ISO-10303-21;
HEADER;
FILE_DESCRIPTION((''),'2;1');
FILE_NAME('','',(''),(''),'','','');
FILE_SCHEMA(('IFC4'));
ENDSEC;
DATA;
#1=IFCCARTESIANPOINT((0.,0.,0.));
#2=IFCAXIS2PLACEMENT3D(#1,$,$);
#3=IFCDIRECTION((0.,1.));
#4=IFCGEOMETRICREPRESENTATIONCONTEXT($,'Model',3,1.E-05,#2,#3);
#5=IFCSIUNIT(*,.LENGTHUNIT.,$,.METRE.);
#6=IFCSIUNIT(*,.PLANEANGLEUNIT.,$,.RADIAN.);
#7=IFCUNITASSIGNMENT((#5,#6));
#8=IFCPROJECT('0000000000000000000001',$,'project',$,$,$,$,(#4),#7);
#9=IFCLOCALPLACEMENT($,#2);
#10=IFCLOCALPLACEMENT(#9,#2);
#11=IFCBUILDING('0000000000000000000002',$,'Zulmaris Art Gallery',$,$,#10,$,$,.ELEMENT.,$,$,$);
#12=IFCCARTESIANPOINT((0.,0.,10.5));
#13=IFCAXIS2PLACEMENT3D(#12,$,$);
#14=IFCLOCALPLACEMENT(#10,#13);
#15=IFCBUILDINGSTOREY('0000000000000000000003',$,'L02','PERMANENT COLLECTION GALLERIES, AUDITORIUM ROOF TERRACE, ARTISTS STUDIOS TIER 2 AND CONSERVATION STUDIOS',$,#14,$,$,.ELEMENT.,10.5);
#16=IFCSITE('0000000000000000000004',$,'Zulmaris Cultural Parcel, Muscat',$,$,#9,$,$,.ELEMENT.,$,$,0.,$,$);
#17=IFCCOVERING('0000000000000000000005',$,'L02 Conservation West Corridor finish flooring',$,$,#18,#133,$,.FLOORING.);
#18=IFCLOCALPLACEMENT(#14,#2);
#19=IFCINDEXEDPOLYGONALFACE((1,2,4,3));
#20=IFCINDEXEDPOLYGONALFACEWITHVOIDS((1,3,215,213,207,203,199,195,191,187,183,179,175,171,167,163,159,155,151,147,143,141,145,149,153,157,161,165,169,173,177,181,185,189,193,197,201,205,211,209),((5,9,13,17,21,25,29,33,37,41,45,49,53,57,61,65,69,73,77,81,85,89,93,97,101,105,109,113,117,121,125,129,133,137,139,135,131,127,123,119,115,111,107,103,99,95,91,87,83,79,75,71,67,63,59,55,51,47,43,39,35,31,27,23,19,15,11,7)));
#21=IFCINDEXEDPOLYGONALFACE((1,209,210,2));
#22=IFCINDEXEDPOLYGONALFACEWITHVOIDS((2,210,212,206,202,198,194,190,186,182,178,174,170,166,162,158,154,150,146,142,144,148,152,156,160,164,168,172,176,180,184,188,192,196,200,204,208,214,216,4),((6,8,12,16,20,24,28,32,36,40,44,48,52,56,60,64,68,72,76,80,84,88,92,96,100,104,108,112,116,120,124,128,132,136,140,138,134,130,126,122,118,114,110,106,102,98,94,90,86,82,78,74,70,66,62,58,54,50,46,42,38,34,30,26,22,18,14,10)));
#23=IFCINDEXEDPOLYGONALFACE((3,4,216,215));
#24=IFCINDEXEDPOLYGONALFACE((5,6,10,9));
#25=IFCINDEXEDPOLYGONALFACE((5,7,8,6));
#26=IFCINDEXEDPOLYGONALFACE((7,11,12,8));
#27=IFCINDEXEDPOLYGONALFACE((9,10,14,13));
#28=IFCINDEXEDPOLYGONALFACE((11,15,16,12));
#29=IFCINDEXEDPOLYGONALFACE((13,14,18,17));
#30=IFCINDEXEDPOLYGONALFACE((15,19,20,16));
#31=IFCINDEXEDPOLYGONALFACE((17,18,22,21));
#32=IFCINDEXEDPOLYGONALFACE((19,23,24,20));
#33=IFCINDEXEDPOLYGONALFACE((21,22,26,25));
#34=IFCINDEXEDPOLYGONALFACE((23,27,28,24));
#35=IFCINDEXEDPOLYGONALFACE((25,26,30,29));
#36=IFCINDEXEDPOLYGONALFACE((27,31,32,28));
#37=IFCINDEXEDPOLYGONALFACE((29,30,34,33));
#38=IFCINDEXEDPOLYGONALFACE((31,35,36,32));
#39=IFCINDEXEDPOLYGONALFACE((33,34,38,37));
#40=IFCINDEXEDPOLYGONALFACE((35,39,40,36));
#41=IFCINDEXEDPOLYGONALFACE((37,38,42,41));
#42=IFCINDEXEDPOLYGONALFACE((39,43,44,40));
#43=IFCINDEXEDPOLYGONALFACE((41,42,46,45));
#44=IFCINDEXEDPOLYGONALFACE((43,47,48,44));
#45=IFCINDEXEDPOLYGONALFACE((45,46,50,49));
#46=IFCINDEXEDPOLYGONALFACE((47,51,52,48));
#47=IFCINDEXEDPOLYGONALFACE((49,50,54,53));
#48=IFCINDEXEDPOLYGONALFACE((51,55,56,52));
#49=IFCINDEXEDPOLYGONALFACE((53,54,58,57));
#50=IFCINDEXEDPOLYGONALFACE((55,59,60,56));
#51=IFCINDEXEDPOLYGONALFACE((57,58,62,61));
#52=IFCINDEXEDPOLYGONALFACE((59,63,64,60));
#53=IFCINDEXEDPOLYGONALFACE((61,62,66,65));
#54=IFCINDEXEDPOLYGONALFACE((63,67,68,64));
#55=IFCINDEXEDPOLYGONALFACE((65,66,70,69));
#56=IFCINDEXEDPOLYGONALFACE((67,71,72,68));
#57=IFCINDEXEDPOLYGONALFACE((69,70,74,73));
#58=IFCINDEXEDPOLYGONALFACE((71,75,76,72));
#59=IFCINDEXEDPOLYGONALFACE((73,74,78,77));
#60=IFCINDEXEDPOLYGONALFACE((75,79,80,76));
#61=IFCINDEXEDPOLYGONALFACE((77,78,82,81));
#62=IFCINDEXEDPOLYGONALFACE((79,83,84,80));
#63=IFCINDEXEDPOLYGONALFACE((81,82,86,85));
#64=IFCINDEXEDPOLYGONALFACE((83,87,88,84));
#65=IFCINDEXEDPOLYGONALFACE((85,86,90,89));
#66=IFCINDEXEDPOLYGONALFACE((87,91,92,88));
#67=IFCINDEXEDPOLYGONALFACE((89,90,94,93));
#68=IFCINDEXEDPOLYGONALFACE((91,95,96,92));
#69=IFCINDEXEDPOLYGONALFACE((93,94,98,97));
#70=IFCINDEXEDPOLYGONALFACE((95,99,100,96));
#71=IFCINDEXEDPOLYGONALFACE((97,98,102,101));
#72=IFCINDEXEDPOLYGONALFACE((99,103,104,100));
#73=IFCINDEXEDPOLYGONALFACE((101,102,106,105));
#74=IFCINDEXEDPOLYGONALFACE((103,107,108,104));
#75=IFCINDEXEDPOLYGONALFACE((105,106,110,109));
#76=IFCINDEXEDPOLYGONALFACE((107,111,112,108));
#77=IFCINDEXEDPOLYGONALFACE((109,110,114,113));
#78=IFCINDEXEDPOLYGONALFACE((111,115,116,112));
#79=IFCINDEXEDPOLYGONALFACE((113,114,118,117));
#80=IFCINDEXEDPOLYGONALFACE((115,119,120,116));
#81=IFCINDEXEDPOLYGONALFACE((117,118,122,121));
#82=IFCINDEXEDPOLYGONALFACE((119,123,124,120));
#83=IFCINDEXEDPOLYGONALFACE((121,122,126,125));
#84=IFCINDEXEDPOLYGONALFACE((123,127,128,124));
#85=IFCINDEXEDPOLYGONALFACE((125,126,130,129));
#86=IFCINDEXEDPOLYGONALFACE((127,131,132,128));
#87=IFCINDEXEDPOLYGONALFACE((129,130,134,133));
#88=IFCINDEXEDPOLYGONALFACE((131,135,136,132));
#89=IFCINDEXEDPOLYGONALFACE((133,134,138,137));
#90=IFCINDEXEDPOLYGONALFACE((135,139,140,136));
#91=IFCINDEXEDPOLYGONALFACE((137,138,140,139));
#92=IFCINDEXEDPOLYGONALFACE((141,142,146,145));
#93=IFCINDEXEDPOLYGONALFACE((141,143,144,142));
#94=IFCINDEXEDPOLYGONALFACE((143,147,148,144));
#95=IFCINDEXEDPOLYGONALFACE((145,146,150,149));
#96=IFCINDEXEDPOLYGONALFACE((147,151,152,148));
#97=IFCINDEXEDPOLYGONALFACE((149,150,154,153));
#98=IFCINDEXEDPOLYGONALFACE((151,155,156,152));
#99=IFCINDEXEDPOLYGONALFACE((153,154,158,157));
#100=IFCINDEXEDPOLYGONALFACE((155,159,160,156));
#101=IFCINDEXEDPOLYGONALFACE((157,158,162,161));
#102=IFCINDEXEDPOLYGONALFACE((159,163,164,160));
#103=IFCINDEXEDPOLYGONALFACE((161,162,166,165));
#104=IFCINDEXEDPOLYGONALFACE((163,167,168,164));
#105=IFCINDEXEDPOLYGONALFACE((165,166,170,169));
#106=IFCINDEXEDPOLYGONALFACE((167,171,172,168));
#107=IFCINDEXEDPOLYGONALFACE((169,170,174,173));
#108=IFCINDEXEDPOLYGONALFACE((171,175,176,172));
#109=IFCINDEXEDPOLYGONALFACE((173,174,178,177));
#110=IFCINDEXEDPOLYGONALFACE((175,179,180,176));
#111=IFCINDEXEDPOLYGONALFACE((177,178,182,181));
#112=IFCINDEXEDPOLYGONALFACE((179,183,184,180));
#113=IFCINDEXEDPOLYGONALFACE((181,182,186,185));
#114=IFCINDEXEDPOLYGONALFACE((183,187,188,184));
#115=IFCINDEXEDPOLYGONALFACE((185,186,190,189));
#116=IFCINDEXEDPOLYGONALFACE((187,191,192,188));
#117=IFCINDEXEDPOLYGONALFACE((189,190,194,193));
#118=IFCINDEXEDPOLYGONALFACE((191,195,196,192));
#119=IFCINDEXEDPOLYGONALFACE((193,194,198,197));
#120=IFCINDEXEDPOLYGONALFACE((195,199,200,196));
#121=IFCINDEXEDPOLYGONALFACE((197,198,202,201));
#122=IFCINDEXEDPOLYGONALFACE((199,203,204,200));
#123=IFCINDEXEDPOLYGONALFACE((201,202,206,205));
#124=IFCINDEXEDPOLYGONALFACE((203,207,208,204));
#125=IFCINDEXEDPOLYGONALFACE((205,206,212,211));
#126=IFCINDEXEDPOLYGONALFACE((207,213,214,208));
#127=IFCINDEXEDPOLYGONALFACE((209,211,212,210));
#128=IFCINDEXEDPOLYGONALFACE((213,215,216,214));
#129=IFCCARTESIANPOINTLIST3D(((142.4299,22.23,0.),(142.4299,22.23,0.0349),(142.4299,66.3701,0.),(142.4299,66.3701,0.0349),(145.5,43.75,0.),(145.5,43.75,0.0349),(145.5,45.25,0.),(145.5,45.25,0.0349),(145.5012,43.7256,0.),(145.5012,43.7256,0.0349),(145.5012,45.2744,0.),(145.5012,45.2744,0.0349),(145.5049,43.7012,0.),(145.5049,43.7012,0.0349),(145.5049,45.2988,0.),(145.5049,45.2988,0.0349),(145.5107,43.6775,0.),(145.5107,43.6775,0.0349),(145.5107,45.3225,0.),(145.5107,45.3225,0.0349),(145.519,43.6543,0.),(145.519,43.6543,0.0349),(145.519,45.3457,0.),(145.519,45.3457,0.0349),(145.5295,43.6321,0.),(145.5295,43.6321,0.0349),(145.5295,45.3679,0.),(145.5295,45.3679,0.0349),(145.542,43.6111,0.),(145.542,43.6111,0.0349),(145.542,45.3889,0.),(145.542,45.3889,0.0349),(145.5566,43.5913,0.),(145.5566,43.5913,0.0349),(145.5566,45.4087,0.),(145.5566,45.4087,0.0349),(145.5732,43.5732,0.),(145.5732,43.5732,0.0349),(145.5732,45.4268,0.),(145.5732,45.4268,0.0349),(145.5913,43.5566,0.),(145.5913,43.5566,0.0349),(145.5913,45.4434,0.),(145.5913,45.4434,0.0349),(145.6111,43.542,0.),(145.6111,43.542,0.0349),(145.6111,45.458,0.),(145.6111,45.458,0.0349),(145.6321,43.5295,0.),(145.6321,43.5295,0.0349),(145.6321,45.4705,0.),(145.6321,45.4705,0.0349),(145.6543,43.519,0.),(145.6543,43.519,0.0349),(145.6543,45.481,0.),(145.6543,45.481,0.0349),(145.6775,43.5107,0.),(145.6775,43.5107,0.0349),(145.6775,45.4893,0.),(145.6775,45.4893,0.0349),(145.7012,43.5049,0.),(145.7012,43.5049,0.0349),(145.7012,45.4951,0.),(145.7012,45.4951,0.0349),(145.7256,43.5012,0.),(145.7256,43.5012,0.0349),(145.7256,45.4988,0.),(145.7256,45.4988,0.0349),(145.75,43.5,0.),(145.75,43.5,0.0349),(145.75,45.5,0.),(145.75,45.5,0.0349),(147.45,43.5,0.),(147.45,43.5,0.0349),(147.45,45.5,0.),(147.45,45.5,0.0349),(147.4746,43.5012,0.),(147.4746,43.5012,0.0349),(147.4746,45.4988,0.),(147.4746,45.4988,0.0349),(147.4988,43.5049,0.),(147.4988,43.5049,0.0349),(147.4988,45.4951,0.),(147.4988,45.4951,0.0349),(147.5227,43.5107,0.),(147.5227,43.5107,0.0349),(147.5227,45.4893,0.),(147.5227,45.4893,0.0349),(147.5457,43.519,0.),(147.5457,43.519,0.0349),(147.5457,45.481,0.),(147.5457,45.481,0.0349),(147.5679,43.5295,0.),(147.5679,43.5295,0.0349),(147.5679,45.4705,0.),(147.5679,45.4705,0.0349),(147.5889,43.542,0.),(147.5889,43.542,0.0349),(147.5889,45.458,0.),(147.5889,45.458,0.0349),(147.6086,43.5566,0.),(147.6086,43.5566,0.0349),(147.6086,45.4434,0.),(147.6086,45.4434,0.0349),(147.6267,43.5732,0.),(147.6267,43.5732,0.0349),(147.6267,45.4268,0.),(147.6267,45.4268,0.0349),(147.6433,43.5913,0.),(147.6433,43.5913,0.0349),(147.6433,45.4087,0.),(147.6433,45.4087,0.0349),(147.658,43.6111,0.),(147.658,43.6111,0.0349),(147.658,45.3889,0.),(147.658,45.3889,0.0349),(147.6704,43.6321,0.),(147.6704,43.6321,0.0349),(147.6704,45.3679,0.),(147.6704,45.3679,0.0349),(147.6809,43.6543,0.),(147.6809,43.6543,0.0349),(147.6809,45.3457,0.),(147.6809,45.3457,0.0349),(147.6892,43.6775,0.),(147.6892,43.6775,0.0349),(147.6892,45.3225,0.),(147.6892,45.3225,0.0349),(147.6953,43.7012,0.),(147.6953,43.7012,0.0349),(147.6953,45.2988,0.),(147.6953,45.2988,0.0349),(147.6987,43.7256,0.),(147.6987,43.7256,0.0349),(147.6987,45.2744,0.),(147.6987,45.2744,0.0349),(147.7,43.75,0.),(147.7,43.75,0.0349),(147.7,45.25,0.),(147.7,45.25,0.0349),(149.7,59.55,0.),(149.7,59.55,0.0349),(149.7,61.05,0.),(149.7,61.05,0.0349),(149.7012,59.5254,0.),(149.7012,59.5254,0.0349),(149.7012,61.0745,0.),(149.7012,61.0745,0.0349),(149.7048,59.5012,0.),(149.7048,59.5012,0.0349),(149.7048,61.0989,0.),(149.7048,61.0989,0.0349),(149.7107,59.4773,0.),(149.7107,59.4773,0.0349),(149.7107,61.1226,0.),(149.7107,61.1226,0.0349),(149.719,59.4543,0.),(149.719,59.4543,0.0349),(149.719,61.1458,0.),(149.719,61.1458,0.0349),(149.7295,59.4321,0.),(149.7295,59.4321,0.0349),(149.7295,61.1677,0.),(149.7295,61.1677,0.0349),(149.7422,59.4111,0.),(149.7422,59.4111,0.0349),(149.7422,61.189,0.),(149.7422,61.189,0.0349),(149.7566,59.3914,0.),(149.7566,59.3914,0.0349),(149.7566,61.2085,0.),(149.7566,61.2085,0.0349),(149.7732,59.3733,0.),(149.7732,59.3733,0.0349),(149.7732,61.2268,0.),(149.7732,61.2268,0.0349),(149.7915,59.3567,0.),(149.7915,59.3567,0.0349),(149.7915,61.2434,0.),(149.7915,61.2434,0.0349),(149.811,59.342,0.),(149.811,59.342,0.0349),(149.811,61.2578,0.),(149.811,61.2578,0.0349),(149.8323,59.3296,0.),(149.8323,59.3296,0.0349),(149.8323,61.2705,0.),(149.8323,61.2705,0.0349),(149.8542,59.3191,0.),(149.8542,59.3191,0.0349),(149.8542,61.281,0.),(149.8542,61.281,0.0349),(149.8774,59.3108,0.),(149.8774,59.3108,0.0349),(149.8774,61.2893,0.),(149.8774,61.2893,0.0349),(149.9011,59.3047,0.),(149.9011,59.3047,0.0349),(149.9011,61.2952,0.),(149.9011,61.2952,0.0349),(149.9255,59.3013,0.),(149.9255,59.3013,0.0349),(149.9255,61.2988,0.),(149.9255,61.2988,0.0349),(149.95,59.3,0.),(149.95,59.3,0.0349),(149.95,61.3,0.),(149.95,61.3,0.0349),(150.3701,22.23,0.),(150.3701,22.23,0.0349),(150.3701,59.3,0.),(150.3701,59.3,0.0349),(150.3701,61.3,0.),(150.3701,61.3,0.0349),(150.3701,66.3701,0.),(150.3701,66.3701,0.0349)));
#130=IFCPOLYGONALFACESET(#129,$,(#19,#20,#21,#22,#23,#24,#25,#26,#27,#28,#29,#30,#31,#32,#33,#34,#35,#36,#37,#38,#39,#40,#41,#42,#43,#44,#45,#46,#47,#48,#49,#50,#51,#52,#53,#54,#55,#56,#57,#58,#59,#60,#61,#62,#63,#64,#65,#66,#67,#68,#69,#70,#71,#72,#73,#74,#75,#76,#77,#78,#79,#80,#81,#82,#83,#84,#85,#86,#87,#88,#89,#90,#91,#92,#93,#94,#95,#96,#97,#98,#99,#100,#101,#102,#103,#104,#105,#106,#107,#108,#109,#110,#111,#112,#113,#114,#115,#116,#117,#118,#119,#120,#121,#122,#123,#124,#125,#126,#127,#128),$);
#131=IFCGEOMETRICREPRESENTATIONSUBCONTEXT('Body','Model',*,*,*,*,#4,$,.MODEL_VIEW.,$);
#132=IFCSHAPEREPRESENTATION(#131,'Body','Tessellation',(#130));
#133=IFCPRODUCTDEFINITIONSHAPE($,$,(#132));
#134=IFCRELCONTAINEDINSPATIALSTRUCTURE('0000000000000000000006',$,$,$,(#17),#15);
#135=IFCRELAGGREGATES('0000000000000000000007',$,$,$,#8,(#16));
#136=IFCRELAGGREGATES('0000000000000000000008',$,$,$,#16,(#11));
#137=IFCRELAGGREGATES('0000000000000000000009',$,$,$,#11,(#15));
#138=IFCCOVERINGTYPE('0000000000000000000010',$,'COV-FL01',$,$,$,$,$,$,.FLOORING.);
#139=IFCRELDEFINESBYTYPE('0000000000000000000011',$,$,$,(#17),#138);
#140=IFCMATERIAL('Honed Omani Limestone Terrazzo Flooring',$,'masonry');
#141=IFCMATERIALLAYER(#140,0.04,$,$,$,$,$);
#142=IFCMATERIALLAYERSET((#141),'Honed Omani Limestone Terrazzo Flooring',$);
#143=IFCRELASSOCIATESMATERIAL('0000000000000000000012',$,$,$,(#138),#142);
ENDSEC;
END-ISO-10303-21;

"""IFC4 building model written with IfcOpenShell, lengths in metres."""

from ifc_helpers import new_model, si_unit, direction, frame, origin, place, context, subcontext, project, spatial, polyline, outline, extrude, material, layer, layer_set, type_object, element, save


model = new_model("IFC4")

# Units and contexts
model_context = context("Model", 3, precision=1e-05, world=origin(), true_north=direction((0.0, 1.0)))
body_context = subcontext(model_context, "Body", "Model", "MODEL_VIEW")
ifc_project = project(units=[si_unit("LENGTHUNIT", "METRE"), si_unit("PLANEANGLEUNIT", "RADIAN")], contexts=[model_context])

# Site, building, storey
site_placement = place(None, origin())
site = spatial("IfcSite", under=ifc_project, at=site_placement, Name="Zulmaris Cultural Parcel, Muscat", CompositionType="ELEMENT", RefElevation=0.0)
building_placement = place(site_placement, origin())
building = spatial("IfcBuilding", under=site, at=building_placement, Name="Zulmaris Art Gallery", CompositionType="ELEMENT")
storey_placement = place(building_placement, frame((0.0, 0.0, 10.5)))
storey = spatial("IfcBuildingStorey", under=building, at=storey_placement, Name="L02", Description="PERMANENT COLLECTION GALLERIES, AUDITORIUM ROOF TERRACE, ARTISTS STUDIOS TIER 2 AND CONSERVATION STUDIOS", CompositionType="ELEMENT", Elevation=10.5)

# Covering
ifc_material_1 = material(Name="Honed Omani Limestone Terrazzo Flooring", Category="masonry")
ifc_layer_1 = layer(ifc_material_1, 0.04)
ifc_layer_set_1 = layer_set([ifc_layer_1], Name="Honed Omani Limestone Terrazzo Flooring")
covering_type_1 = type_object("IfcCoveringType", Name="COV-FL01", PredefinedType="FLOORING", material=ifc_layer_set_1)
covering_1_placement = place(storey_placement, origin())
element("IfcCovering", 1, at=covering_1_placement, inside=storey, type_object=covering_type_1, Name="L02 Conservation West Corridor finish flooring", PredefinedType="FLOORING", context=body_context, shape_type="SweptSolid", body=[
    extrude(outline(polyline([(150.3701, 66.3701), (150.3701, 61.3), (149.95, 61.3), (149.9255, 61.2988), (149.9011, 61.2952), (149.8774, 61.2893), (149.8542, 61.281), (149.8323, 61.2705), (149.811, 61.2578), (149.7915, 61.2434), (149.7732, 61.2268), (149.7566, 61.2085), (149.7422, 61.189), (149.7295, 61.1677), (149.719, 61.1458), (149.7107, 61.1226), (149.7048, 61.0989), (149.7012, 61.0745), (149.7, 61.05), (149.7, 59.55), (149.7012, 59.5254), (149.7048, 59.5012), (149.7107, 59.4773), (149.719, 59.4543), (149.7295, 59.4321), (149.7422, 59.4111), (149.7566, 59.3914), (149.7732, 59.3733), (149.7915, 59.3567), (149.811, 59.342), (149.8323, 59.3296), (149.8542, 59.3191), (149.8774, 59.3108), (149.9011, 59.3047), (149.9255, 59.3013), (149.95, 59.3), (150.3701, 59.3), (150.3701, 22.23), (142.4299, 22.23), (142.4299, 66.3701), (150.3701, 66.3701)]), holes=[polyline([(145.7256, 45.4988), (145.7012, 45.4951), (145.6775, 45.4893), (145.6543, 45.481), (145.6321, 45.4705), (145.6111, 45.458), (145.5913, 45.4434), (145.5732, 45.4268), (145.5566, 45.4087), (145.542, 45.3889), (145.5295, 45.3679), (145.519, 45.3457), (145.5107, 45.3225), (145.5049, 45.2988), (145.5012, 45.2744), (145.5, 45.25), (145.5, 43.75), (145.5012, 43.7256), (145.5049, 43.7012), (145.5107, 43.6775), (145.519, 43.6543), (145.5295, 43.6321), (145.542, 43.6111), (145.5566, 43.5913), (145.5732, 43.5732), (145.5913, 43.5566), (145.6111, 43.542), (145.6321, 43.5295), (145.6543, 43.519), (145.6775, 43.5107), (145.7012, 43.5049), (145.7256, 43.5012), (145.75, 43.5), (147.45, 43.5), (147.4746, 43.5012), (147.4988, 43.5049), (147.5227, 43.5107), (147.5457, 43.519), (147.5679, 43.5295), (147.5889, 43.542), (147.6086, 43.5566), (147.6267, 43.5732), (147.6433, 43.5913), (147.658, 43.6111), (147.6704, 43.6321), (147.6809, 43.6543), (147.6892, 43.6775), (147.6953, 43.7012), (147.6987, 43.7256), (147.7, 43.75), (147.7, 45.25), (147.6987, 45.2744), (147.6953, 45.2988), (147.6892, 45.3225), (147.6809, 45.3457), (147.6704, 45.3679), (147.658, 45.3889), (147.6433, 45.4087), (147.6267, 45.4268), (147.6086, 45.4434), (147.5889, 45.458), (147.5679, 45.4705), (147.5457, 45.481), (147.5227, 45.4893), (147.4988, 45.4951), (147.4746, 45.4988), (147.45, 45.5), (145.75, 45.5), (145.7256, 45.4988)])]), origin(), (0.0, 0.0, 1.0), 0.0349),
])

save(model, "model.ifc")
